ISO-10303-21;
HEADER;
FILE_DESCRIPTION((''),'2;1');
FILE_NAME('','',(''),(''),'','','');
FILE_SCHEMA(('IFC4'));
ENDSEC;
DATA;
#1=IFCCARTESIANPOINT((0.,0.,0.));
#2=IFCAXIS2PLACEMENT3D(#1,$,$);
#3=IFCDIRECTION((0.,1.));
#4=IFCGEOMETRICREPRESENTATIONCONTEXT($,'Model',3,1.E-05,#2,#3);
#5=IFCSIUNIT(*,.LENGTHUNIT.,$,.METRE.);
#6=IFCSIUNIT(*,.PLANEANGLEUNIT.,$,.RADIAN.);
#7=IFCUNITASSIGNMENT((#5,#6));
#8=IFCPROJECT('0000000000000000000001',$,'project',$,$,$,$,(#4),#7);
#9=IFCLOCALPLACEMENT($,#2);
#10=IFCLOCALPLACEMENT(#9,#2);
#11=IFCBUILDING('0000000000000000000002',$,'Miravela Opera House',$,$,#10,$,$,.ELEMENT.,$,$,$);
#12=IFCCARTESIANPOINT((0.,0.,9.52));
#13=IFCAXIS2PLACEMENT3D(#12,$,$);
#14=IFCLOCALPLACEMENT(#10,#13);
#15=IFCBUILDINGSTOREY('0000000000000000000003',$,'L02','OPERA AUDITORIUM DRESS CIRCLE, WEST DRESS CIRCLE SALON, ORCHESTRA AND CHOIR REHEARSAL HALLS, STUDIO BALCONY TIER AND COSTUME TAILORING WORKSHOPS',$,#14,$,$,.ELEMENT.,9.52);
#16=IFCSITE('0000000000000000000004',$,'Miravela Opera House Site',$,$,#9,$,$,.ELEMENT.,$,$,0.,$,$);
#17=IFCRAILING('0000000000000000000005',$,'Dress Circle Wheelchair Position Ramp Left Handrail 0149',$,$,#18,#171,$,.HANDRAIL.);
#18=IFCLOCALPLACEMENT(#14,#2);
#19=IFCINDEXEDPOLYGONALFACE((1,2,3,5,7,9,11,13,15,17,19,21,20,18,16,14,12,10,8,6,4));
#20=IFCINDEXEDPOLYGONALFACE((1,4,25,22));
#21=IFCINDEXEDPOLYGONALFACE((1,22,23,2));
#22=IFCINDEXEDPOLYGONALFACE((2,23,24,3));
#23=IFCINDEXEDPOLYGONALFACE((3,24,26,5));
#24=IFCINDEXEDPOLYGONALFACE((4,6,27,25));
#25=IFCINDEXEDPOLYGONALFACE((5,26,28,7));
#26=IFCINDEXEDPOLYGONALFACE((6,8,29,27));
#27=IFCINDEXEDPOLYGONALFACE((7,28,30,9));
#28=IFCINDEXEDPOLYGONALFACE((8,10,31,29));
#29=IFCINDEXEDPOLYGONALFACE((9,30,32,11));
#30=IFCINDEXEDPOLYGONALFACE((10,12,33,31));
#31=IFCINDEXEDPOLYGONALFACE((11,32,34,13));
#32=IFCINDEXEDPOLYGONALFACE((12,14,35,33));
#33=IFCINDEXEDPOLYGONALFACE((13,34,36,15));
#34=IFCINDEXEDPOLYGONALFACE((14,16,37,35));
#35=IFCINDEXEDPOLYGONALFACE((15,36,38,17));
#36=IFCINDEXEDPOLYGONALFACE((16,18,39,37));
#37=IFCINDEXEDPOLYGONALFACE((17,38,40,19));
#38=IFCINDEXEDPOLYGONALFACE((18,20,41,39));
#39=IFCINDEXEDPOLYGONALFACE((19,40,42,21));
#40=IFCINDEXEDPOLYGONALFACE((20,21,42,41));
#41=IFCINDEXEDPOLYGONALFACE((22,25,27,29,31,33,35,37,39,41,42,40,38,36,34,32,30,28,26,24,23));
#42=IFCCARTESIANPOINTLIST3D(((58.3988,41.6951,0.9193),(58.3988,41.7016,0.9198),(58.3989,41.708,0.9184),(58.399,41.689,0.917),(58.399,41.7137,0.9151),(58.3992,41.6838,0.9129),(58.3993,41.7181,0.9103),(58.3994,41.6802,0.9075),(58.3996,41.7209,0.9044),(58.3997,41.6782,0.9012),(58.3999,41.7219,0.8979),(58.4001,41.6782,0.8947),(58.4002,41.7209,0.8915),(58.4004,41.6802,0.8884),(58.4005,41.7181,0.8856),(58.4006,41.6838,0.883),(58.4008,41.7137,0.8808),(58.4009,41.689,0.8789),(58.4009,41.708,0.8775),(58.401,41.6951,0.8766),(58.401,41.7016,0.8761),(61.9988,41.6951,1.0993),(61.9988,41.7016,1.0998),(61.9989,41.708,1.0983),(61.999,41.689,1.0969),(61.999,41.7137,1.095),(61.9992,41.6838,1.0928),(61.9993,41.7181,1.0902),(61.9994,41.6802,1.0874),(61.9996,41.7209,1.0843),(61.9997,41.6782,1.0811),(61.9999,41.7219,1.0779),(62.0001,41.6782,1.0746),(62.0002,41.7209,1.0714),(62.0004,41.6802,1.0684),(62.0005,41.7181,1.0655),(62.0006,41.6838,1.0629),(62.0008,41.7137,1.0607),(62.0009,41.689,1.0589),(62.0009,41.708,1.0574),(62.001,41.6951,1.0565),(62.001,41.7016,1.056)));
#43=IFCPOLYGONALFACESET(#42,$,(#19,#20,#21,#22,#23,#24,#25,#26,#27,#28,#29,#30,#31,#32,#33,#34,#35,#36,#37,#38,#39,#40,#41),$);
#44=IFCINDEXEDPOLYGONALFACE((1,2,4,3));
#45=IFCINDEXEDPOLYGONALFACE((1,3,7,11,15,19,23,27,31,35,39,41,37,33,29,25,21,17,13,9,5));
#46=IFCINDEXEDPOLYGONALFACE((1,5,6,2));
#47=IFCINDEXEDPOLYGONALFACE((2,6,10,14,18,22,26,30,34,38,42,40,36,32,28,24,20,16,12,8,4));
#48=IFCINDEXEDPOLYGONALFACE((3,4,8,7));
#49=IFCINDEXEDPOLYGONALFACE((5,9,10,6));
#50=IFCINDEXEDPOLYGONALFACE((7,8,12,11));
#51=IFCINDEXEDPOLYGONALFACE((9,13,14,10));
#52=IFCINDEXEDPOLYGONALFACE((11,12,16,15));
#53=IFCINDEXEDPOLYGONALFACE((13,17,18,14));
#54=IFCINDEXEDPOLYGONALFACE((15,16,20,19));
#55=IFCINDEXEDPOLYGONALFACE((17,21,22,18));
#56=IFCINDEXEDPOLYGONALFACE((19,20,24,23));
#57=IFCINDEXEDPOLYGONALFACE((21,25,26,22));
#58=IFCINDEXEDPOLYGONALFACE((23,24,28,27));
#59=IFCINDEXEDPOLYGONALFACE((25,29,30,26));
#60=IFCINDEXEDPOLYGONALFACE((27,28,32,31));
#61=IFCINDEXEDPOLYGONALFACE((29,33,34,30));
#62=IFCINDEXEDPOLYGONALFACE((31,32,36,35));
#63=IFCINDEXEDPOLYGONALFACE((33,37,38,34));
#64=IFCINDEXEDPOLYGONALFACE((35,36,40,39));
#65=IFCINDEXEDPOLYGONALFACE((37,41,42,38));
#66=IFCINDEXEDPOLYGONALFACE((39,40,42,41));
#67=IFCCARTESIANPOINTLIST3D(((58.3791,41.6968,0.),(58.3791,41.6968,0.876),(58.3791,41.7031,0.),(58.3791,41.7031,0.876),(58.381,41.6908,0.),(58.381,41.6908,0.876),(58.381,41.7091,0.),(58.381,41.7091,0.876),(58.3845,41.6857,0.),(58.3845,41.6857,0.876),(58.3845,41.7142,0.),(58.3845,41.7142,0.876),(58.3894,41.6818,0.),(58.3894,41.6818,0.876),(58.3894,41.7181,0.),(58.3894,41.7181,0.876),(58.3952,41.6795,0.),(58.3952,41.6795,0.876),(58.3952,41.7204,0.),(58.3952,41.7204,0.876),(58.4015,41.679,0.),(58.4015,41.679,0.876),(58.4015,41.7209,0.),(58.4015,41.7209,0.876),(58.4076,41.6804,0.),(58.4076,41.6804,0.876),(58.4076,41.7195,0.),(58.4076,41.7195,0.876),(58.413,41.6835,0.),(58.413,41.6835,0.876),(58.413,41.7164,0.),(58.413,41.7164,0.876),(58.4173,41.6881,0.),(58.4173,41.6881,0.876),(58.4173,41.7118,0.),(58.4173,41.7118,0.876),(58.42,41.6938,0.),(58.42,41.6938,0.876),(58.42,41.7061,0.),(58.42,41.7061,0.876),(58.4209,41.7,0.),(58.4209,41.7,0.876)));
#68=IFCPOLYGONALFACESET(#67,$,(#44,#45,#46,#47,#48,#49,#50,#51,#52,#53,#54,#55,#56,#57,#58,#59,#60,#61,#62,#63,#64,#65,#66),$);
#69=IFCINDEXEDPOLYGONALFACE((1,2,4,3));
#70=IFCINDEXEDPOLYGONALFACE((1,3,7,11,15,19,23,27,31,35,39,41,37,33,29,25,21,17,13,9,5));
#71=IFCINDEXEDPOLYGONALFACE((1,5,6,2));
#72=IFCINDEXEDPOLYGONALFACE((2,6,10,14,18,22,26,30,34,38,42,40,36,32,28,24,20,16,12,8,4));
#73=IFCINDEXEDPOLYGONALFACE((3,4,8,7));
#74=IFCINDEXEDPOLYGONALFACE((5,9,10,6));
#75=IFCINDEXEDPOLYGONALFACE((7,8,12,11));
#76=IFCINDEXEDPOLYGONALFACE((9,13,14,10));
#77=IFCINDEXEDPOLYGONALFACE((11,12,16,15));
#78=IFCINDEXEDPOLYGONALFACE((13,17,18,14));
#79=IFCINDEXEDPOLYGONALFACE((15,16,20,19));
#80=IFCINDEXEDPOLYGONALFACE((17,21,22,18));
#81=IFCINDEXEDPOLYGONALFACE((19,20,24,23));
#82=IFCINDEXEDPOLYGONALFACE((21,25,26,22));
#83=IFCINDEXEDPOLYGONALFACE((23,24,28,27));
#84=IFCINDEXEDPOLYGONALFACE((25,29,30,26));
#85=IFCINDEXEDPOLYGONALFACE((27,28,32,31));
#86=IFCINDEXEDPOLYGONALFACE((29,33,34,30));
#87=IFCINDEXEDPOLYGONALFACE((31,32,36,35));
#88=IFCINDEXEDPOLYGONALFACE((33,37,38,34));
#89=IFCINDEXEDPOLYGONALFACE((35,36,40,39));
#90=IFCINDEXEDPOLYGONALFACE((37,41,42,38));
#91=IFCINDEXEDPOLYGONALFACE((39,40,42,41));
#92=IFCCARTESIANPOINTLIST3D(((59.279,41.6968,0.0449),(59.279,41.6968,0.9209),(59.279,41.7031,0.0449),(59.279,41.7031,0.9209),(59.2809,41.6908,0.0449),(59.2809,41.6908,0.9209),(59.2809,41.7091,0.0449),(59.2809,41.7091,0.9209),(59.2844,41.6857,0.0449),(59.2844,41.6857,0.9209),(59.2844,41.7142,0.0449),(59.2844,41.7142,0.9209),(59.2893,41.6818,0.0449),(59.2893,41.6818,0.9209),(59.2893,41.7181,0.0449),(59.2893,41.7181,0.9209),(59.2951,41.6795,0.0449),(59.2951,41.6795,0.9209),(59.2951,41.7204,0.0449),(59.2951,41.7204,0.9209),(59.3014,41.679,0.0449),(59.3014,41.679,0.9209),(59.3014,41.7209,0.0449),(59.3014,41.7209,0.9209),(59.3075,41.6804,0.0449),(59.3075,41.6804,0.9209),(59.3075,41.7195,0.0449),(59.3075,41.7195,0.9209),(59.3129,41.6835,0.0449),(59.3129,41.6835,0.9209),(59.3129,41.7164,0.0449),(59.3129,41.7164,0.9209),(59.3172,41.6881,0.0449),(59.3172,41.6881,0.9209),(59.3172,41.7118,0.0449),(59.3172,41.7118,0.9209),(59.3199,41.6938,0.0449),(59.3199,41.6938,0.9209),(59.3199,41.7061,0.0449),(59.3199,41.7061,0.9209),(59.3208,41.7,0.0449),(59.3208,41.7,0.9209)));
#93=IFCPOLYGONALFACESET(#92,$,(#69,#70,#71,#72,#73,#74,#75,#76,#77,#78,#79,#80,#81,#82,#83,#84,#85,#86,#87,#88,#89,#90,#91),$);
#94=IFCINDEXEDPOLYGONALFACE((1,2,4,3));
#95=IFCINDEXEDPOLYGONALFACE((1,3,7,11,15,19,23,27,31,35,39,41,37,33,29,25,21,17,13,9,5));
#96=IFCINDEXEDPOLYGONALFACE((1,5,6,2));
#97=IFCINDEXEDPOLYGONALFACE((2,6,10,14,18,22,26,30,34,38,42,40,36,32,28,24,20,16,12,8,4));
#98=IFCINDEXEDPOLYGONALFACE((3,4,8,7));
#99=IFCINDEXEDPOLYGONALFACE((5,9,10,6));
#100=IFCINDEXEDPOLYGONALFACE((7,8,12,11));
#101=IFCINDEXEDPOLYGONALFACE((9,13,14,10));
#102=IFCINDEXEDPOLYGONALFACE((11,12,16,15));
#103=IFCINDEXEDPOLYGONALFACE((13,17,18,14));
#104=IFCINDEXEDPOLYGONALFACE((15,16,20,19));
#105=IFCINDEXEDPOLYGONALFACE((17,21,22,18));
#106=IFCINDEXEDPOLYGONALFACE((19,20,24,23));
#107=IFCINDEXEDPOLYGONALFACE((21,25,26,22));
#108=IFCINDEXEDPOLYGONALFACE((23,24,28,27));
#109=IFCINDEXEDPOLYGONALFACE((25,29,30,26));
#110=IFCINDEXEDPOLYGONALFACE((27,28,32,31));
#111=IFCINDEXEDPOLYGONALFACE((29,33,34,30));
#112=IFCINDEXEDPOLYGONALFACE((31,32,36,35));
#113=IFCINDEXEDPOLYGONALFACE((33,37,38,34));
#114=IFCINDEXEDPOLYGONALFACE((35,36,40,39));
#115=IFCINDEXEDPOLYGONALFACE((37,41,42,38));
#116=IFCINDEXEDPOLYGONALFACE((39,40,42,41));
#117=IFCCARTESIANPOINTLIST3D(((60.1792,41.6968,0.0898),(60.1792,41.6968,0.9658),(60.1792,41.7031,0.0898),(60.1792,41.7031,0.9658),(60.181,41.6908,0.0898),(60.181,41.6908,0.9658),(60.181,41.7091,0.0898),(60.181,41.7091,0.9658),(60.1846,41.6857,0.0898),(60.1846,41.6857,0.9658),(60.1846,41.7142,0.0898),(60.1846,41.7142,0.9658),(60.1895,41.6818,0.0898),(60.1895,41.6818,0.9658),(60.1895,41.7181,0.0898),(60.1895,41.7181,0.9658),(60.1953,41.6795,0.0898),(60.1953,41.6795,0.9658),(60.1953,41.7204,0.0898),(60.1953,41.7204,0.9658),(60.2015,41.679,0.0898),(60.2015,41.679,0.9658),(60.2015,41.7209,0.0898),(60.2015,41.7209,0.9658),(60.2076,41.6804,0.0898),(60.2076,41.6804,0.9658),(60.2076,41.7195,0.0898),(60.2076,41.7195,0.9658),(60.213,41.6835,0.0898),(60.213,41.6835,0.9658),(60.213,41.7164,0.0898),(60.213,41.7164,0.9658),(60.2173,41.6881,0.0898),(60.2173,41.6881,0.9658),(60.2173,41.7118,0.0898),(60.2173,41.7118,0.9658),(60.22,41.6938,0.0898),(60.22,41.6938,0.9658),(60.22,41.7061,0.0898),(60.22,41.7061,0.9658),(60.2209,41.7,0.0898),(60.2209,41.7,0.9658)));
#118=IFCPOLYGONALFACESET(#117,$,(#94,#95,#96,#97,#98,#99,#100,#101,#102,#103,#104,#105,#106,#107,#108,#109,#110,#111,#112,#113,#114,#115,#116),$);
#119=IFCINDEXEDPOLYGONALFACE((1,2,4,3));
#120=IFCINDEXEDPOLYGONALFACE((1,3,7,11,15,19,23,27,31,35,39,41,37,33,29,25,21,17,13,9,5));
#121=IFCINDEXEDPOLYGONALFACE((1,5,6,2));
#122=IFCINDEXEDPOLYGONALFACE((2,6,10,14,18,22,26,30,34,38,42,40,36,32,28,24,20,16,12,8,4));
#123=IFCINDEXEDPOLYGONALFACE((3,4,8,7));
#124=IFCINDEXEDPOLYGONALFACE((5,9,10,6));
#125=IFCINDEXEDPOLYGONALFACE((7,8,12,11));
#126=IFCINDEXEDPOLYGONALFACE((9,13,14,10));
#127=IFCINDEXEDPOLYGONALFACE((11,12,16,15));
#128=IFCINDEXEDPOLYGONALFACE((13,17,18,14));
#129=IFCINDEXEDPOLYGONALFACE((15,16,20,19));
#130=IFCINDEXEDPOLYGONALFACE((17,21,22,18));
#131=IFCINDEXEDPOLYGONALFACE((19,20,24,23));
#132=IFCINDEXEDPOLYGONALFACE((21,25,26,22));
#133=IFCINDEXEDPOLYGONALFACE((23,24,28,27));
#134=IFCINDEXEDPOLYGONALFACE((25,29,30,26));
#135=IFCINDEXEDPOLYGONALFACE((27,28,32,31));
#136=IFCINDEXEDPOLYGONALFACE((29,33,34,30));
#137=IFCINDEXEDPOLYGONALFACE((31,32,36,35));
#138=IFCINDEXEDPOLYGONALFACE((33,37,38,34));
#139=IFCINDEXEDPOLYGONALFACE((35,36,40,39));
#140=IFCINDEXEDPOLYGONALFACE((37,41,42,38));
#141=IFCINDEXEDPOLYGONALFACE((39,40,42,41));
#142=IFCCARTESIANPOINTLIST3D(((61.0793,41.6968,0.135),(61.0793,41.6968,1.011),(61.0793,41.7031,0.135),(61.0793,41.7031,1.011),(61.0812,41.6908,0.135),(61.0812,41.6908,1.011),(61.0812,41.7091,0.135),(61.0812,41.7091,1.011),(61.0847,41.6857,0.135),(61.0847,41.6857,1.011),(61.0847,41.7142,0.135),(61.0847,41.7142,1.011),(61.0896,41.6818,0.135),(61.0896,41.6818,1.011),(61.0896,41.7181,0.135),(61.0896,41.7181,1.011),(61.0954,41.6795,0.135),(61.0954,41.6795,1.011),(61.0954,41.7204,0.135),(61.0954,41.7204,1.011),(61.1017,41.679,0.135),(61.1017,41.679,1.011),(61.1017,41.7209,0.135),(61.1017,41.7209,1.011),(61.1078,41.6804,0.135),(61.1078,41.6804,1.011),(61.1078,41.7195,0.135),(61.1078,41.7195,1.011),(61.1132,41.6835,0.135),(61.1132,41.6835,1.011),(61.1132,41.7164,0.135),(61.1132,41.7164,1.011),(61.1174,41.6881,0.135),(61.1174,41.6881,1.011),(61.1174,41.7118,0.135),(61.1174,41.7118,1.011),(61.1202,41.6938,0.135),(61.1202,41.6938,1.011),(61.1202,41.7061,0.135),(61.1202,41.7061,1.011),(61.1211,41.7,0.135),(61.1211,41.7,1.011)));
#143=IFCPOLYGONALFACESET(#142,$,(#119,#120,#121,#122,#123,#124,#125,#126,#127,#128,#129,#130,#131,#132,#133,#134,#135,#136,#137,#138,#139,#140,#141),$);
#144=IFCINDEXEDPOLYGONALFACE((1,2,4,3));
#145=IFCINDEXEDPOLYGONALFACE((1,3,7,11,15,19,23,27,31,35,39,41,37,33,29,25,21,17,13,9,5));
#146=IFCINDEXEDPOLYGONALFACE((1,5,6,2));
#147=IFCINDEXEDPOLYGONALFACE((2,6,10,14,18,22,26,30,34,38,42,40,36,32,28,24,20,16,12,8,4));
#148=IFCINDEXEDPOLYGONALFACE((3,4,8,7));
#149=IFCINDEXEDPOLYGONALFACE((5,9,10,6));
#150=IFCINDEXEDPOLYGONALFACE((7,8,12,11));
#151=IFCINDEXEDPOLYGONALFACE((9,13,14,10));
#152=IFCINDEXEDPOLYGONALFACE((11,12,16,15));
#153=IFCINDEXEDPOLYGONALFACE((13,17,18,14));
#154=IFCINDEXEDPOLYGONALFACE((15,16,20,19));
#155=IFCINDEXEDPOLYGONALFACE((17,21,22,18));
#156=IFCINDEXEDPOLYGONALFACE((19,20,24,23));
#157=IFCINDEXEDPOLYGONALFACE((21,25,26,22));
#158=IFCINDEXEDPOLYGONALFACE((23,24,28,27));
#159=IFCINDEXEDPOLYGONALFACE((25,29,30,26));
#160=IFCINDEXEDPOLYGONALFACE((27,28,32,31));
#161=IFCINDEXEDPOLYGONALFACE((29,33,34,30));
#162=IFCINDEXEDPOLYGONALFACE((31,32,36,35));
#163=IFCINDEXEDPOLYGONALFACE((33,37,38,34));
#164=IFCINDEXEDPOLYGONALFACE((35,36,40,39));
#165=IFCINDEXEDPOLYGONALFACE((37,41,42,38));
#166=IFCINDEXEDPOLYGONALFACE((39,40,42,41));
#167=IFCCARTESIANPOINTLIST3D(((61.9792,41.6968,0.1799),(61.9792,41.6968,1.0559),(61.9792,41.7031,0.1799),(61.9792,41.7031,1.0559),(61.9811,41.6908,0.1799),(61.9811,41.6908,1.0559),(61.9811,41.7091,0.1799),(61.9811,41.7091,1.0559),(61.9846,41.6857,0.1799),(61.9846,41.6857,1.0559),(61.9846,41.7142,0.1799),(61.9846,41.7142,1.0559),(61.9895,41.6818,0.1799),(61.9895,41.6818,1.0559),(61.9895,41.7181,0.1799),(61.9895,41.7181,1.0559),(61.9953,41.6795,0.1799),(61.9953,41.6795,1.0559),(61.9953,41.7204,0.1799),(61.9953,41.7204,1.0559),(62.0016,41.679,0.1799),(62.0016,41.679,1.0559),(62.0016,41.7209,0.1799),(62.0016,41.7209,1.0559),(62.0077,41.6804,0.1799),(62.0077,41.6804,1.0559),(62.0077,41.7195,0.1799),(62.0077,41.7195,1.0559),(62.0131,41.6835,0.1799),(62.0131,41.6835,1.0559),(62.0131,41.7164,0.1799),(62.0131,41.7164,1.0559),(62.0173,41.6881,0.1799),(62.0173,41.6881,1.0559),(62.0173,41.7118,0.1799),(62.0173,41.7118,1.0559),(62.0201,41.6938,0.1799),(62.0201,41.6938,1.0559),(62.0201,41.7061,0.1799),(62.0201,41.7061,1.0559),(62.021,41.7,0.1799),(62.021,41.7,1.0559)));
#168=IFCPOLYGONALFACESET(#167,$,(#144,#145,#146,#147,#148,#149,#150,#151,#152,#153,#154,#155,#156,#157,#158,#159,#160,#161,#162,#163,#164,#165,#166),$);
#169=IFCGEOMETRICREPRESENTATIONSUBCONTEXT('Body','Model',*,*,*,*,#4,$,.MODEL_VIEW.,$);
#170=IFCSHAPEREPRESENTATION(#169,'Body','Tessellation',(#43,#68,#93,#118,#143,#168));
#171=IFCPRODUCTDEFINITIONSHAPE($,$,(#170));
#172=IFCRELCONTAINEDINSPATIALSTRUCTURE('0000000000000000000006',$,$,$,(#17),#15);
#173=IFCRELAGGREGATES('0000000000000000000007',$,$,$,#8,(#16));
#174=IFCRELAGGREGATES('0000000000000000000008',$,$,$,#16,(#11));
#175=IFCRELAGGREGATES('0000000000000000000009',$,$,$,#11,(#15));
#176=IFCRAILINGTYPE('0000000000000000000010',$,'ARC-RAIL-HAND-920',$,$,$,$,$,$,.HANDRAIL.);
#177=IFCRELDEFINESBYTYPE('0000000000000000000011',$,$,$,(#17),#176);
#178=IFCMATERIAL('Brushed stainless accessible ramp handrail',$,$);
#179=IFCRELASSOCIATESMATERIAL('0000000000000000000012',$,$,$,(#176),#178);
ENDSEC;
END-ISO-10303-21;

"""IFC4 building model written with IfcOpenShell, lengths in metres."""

from ifc_helpers import new_model, si_unit, direction, frame, origin, origin_2d, place, context, subcontext, project, spatial, circle, extrude, material, type_object, element, save


model = new_model("IFC4")

# Units and contexts
model_context = context("Model", 3, precision=1e-05, world=origin(), true_north=direction((0.0, 1.0)))
body_context = subcontext(model_context, "Body", "Model", "MODEL_VIEW")
ifc_project = project(units=[si_unit("LENGTHUNIT", "METRE"), si_unit("PLANEANGLEUNIT", "RADIAN")], contexts=[model_context])

# Site, building, storey
site_placement = place(None, origin())
site = spatial("IfcSite", under=ifc_project, at=site_placement, Name="Miravela Opera House Site", CompositionType="ELEMENT", RefElevation=0.0)
building_placement = place(site_placement, origin())
building = spatial("IfcBuilding", under=site, at=building_placement, Name="Miravela Opera House", CompositionType="ELEMENT")
storey_placement = place(building_placement, frame((0.0, 0.0, 9.52)))
storey = spatial("IfcBuildingStorey", under=building, at=storey_placement, Name="L02", Description="OPERA AUDITORIUM DRESS CIRCLE, WEST DRESS CIRCLE SALON, ORCHESTRA AND CHOIR REHEARSAL HALLS, STUDIO BALCONY TIER AND COSTUME TAILORING WORKSHOPS", CompositionType="ELEMENT", Elevation=9.52)

# Railing
ifc_material_1 = material(Name="Brushed stainless accessible ramp handrail")
railing_type = type_object("IfcRailingType", Name="ARC-RAIL-HAND-920", PredefinedType="HANDRAIL", material=ifc_material_1)
for number, where, name in (
    (1, (58.3999, 41.7, 0.0), "Dress Circle Wheelchair Position Ramp Left Handrail 0149"),
):
    element("IfcRailing", number, at=place(storey_placement, frame(where)), inside=storey, type_object=railing_type, Name=name, PredefinedType="HANDRAIL", context=body_context, shape_type="SweptSolid", body=[
        extrude(circle(Radius=0.022, at=origin_2d()), frame((0.0, 0.0, 0.8979), z_axis=(0.998753, 0.0, 0.049917), x_axis=(0.0, 1.0, 0.0)), (0.0, 0.0, 1.0), 3.6045),
        extrude(circle(Radius=0.021, at=origin_2d()), origin(), (0.0, 0.0, 1.0), 0.876),
        extrude(circle(Radius=0.021, at=origin_2d()), frame((0.8999, 0.0, 0.0449)), (0.0, 0.0, 1.0), 0.876),
        extrude(circle(Radius=0.021, at=origin_2d()), frame((1.8, 0.0, 0.0898)), (0.0, 0.0, 1.0), 0.876),
        extrude(circle(Radius=0.021, at=origin_2d()), frame((2.7002, 0.0, 0.135)), (0.0, 0.0, 1.0), 0.876),
        extrude(circle(Radius=0.021, at=origin_2d()), frame((3.6001, 0.0, 0.1799)), (0.0, 0.0, 1.0), 0.876),
    ])

save(model, "model.ifc")
